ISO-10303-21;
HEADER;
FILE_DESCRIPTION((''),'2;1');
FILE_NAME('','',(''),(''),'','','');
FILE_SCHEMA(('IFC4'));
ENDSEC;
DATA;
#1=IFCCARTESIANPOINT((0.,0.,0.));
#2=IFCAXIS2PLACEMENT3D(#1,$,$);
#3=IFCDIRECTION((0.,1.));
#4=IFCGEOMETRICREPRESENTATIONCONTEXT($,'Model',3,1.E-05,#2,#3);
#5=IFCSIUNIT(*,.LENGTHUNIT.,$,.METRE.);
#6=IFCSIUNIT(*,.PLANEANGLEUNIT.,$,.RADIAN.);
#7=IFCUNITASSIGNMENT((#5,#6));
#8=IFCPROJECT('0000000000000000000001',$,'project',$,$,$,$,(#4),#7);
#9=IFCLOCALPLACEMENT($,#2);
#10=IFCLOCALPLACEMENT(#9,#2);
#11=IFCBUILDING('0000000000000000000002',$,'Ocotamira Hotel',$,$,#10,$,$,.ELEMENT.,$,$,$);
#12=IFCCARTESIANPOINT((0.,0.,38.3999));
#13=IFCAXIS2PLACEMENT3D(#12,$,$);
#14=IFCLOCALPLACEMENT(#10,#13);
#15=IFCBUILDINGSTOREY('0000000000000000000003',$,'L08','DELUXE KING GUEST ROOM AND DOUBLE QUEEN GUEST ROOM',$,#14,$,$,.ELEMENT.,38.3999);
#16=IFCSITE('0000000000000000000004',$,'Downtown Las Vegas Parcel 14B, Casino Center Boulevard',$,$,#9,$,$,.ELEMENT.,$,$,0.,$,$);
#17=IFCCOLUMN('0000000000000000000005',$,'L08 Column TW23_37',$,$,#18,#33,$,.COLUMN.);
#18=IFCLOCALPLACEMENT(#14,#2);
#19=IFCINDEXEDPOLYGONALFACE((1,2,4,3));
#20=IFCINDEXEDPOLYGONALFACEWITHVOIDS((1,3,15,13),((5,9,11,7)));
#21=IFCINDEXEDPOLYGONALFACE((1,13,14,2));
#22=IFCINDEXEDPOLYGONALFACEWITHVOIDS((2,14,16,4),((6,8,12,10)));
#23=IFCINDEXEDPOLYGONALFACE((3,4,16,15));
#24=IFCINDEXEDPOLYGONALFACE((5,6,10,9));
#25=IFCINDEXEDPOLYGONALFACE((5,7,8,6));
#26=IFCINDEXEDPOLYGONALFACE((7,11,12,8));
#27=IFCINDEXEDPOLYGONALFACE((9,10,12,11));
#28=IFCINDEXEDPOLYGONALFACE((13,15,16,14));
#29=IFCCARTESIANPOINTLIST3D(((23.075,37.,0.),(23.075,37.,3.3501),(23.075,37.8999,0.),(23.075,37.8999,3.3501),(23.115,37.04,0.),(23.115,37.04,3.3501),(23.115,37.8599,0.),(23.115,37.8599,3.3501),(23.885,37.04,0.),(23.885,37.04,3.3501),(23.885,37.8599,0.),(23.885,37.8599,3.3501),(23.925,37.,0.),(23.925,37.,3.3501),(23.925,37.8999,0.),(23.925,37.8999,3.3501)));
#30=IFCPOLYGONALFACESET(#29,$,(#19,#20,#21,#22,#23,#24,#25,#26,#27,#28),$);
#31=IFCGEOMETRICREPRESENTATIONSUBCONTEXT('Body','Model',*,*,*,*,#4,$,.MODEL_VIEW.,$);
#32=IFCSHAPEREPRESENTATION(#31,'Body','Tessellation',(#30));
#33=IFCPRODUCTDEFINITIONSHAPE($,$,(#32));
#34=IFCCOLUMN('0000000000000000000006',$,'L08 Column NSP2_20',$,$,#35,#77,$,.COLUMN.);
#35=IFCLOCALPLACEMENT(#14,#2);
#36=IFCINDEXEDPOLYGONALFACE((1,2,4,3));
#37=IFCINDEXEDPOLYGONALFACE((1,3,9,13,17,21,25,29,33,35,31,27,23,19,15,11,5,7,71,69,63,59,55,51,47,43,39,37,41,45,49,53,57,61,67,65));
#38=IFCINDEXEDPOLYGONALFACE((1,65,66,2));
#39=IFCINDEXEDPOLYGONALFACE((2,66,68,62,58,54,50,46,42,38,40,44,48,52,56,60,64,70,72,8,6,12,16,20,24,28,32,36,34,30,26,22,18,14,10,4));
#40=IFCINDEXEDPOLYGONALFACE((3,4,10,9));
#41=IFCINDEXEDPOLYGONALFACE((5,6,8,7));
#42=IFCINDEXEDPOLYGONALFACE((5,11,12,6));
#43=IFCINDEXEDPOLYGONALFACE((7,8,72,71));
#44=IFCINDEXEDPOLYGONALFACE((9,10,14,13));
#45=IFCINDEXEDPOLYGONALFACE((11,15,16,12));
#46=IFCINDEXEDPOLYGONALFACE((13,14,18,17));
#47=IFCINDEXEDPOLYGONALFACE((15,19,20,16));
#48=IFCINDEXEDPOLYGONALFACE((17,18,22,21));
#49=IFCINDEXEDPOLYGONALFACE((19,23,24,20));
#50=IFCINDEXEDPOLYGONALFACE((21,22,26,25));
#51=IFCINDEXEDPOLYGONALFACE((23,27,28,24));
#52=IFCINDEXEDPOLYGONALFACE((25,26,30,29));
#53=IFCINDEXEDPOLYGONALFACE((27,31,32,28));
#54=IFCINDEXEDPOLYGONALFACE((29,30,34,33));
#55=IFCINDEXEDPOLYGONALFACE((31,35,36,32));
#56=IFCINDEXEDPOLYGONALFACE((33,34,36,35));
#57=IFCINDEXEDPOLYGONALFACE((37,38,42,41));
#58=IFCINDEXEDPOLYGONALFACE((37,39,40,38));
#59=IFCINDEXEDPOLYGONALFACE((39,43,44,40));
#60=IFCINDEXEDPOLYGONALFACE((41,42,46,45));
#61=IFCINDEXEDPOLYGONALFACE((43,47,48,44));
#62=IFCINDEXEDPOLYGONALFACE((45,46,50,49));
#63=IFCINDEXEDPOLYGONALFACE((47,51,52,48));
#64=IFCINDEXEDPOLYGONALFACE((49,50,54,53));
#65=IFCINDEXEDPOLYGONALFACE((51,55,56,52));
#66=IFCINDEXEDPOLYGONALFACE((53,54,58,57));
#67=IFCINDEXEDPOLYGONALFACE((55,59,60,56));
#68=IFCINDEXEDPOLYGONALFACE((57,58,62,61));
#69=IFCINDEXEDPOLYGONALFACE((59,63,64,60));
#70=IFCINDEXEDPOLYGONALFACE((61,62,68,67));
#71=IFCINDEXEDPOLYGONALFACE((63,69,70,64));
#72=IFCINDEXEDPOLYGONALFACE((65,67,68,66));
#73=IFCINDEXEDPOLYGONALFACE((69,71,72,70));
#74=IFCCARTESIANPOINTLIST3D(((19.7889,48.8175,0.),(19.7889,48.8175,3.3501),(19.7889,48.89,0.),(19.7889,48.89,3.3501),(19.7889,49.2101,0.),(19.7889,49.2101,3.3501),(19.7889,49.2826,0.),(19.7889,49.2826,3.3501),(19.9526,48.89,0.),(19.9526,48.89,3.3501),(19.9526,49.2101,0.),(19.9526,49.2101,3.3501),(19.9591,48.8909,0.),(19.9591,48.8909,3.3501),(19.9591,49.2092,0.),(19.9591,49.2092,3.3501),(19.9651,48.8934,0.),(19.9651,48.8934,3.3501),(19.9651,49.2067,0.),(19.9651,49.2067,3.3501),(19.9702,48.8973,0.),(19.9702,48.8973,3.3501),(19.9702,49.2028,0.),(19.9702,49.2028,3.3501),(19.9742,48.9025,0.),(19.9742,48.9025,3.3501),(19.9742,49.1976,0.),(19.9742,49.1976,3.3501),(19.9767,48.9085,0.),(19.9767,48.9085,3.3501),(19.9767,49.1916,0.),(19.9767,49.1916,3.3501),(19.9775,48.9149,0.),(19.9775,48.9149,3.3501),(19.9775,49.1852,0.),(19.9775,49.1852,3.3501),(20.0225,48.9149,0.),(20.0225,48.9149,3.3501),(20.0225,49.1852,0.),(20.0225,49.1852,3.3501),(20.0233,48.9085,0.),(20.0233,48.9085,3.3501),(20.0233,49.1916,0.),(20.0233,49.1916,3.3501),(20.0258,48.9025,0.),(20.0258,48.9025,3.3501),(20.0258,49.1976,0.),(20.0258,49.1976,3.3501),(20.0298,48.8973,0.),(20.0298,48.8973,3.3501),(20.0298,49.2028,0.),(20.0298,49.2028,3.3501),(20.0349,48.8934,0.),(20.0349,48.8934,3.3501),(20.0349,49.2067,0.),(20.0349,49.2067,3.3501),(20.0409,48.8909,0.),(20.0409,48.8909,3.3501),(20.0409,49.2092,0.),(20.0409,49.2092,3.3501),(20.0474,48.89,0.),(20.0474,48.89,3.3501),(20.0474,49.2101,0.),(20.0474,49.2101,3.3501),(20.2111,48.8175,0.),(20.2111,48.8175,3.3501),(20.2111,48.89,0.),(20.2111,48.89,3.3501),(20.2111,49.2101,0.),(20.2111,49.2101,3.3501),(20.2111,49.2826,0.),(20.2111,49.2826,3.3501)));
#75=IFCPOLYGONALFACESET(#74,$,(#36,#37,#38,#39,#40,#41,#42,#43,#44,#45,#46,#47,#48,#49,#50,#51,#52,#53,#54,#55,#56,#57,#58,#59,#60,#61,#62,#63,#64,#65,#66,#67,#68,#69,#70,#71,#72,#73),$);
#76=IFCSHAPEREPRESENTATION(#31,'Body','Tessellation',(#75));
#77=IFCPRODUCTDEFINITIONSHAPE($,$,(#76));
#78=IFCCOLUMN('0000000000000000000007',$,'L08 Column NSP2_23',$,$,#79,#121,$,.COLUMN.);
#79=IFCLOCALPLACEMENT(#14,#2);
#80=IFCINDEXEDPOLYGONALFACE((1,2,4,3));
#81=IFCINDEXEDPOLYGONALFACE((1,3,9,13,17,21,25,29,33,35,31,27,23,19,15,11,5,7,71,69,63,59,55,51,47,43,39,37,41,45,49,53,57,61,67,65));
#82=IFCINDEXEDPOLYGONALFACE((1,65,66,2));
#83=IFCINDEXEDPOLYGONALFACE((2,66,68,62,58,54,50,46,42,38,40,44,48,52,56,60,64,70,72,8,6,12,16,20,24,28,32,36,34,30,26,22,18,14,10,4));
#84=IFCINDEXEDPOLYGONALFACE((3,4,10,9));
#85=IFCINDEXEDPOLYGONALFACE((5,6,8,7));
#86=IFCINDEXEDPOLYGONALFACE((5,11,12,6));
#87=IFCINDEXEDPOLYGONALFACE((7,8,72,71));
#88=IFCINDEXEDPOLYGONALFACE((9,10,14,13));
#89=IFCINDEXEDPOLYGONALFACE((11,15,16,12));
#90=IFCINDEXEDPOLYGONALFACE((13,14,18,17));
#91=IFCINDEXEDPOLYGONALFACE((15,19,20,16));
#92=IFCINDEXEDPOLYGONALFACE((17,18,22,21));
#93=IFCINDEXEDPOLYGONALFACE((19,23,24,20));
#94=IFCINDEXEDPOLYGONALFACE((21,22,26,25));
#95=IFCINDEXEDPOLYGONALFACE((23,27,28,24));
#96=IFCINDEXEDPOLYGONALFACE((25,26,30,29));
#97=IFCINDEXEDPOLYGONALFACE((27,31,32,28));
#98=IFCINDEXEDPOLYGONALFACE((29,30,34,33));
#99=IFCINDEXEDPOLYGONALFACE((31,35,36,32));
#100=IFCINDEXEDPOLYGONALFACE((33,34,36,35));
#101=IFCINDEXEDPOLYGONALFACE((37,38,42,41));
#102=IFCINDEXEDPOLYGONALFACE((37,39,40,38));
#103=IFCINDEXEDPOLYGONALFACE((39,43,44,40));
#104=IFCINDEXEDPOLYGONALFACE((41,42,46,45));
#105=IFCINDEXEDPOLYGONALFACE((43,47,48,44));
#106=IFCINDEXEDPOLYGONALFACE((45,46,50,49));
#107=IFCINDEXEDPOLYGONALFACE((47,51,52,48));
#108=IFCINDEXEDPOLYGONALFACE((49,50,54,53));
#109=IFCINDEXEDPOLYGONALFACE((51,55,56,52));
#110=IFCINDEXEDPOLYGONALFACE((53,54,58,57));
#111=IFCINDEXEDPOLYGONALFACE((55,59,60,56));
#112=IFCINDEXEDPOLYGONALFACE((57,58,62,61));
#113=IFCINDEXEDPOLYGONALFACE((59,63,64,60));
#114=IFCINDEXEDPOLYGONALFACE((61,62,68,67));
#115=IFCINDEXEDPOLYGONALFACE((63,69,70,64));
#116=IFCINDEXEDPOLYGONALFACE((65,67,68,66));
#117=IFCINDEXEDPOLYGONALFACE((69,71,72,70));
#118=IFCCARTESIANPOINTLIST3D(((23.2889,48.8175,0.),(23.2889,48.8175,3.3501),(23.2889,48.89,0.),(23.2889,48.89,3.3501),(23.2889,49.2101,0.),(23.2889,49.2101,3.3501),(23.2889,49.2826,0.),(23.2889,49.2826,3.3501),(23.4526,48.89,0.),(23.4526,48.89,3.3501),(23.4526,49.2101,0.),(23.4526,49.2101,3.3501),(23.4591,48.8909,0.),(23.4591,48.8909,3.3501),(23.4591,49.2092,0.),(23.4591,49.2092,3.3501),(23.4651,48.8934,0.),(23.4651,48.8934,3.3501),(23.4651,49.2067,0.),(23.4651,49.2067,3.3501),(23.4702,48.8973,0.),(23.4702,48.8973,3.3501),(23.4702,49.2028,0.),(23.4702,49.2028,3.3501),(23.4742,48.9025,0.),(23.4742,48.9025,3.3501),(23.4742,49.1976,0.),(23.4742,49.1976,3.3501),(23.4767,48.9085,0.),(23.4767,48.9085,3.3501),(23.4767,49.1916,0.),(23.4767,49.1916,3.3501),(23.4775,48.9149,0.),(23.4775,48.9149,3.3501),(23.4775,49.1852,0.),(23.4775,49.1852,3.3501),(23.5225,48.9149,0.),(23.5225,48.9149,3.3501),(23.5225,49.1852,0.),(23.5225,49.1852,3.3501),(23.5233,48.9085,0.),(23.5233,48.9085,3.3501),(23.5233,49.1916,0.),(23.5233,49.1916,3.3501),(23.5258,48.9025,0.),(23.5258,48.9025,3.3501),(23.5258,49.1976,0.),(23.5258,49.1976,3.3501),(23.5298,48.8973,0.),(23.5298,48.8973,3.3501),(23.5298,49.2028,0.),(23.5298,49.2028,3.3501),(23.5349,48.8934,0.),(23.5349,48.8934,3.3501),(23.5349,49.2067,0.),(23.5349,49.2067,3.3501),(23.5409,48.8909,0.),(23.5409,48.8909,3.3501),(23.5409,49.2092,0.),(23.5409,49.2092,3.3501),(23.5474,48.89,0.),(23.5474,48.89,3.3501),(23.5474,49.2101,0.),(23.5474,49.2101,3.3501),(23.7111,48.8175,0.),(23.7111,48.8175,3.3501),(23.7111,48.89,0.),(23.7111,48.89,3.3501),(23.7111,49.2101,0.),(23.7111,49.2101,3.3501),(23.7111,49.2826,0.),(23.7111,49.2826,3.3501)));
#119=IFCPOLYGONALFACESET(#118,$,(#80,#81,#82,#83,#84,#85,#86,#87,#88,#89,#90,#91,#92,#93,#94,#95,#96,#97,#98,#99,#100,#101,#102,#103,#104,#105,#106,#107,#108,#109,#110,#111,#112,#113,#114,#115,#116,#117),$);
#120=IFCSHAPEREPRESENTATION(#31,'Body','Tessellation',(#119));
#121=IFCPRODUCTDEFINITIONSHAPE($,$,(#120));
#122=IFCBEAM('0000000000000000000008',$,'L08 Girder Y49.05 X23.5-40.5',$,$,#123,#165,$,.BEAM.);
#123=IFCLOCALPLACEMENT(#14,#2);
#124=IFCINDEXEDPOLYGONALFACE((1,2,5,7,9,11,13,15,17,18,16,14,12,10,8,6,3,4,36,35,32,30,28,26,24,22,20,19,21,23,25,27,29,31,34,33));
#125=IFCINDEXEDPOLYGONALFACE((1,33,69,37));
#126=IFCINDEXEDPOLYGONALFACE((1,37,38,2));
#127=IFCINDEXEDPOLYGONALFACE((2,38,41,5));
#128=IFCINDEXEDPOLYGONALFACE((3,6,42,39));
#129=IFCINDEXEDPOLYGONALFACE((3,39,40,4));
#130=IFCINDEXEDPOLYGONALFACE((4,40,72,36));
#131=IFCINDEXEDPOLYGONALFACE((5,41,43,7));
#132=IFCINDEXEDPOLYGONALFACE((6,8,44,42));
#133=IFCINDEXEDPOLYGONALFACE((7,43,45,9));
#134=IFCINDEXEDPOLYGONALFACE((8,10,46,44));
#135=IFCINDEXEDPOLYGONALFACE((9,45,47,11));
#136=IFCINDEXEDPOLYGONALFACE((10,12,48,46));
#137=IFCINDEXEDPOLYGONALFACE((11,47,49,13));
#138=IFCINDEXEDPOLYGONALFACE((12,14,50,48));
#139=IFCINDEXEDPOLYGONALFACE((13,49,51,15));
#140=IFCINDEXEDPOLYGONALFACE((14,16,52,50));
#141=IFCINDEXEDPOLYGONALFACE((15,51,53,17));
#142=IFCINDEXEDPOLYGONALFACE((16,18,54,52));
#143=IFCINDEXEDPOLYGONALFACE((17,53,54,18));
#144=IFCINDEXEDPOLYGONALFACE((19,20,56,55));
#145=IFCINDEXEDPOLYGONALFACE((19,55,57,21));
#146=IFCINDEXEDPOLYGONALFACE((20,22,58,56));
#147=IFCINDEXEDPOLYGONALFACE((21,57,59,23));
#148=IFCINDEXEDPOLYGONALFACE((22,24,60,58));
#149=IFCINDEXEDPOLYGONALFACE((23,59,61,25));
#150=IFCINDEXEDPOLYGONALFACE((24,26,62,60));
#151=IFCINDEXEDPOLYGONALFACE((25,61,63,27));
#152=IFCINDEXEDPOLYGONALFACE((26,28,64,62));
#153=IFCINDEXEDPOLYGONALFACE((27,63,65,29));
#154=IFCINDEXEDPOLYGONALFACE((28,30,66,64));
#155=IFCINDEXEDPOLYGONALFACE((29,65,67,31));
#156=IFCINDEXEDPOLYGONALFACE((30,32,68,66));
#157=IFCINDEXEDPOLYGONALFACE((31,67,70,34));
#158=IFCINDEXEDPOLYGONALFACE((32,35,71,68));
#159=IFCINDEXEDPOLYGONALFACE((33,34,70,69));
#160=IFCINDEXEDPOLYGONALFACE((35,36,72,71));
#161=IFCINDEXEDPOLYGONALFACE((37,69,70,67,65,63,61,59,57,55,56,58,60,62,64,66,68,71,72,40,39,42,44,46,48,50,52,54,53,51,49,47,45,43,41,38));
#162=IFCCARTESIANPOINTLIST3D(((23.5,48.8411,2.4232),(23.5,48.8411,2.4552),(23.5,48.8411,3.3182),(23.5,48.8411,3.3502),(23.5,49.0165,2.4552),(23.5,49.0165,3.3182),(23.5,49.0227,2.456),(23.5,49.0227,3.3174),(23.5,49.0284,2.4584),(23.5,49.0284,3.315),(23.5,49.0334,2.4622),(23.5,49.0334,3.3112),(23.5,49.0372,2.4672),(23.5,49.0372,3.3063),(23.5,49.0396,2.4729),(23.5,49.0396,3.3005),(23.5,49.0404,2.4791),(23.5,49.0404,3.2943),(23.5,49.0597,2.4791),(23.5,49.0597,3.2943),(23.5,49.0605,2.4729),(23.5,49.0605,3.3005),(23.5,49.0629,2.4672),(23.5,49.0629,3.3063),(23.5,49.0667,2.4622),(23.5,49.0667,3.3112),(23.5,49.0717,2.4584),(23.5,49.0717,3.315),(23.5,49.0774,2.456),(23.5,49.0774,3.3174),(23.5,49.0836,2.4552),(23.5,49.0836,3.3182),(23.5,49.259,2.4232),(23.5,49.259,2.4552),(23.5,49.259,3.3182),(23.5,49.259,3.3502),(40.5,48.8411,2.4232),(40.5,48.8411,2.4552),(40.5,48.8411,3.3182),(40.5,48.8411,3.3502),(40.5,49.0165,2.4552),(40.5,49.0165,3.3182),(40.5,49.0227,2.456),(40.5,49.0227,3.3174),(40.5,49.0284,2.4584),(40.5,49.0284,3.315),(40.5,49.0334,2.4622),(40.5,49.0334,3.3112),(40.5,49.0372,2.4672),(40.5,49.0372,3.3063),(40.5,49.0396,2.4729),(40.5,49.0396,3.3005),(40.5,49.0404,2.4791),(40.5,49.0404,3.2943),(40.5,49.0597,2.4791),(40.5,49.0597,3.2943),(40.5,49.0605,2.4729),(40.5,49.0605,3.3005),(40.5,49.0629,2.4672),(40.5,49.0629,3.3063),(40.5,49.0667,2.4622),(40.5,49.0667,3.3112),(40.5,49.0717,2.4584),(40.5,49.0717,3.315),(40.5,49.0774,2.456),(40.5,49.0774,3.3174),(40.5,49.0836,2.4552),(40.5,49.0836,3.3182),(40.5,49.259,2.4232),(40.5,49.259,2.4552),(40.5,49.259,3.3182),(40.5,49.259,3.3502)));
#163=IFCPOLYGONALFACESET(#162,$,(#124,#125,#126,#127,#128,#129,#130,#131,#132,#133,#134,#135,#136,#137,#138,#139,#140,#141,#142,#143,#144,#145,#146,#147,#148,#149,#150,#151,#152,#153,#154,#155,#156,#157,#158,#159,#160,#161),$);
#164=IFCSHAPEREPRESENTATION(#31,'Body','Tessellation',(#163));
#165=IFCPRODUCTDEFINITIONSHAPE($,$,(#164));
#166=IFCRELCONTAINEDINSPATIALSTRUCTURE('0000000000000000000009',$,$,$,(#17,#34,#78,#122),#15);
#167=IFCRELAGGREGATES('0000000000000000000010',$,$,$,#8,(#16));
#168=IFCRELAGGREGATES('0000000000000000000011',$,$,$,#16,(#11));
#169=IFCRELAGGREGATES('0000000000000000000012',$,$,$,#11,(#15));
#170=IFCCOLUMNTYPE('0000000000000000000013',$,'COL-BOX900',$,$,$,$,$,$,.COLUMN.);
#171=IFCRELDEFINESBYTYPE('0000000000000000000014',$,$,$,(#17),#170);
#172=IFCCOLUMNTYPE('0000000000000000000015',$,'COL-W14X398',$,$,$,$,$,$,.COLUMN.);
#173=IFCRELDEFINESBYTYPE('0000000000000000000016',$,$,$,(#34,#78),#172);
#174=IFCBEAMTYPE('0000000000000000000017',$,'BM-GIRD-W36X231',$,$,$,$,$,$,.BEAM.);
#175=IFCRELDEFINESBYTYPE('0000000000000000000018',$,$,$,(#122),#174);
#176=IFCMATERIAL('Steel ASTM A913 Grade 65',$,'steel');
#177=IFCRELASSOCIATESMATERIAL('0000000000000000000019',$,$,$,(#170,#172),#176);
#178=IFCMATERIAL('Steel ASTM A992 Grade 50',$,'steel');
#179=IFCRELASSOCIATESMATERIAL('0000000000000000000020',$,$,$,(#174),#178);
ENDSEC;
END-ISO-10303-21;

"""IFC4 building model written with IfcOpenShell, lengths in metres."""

from ifc_helpers import new_model, si_unit, direction, frame, origin, origin_2d, place, context, subcontext, project, spatial, hollow_rectangle, i_section, extrude, source, transform, mapped, material, material_profile, profile_set, type_object, element, save


model = new_model("IFC4")

# Units and contexts
model_context = context("Model", 3, precision=1e-05, world=origin(), true_north=direction((0.0, 1.0)))
body_context = subcontext(model_context, "Body", "Model", "MODEL_VIEW")
ifc_project = project(units=[si_unit("LENGTHUNIT", "METRE"), si_unit("PLANEANGLEUNIT", "RADIAN")], contexts=[model_context])

# Site, building, storey
site_placement = place(None, origin())
site = spatial("IfcSite", under=ifc_project, at=site_placement, Name="Downtown Las Vegas Parcel 14B, Casino Center Boulevard", CompositionType="ELEMENT", RefElevation=0.0)
building_placement = place(site_placement, origin())
building = spatial("IfcBuilding", under=site, at=building_placement, Name="Ocotamira Hotel", CompositionType="ELEMENT")
storey_placement = place(building_placement, frame((0.0, 0.0, 38.3999)))
storey = spatial("IfcBuildingStorey", under=building, at=storey_placement, Name="L08", Description="DELUXE KING GUEST ROOM AND DOUBLE QUEEN GUEST ROOM", CompositionType="ELEMENT", Elevation=38.3999)

# Columns
ifc_material_1 = material(Name="Steel ASTM A913 Grade 65", Category="steel")
ifc_material_profile_1 = material_profile(ifc_material_1, hollow_rectangle(XDim=0.8501, YDim=0.8999, WallThickness=0.04, at=origin_2d()), Name="BOX900X850X40")
ifc_profile_set_1 = profile_set([ifc_material_profile_1], Name="Steel ASTM A913 Grade 65")
column_type_1 = type_object("IfcColumnType", Name="COL-BOX900", PredefinedType="COLUMN", material=ifc_profile_set_1)
shared_shape_1 = source(origin(), body_context, "Body", "SweptSolid", [
    extrude(hollow_rectangle(XDim=0.8501, YDim=0.8999, WallThickness=0.04, at=origin_2d()), origin(), (0.0, 0.0, 1.0), 3.3501),
])
column_placement = place(storey_placement, frame((23.5, 37.45, 0.0), z_axis=(0.0, 0.0, 1.0), x_axis=(1.0, 0.0, 0.0)))
element("IfcColumn", 1, at=column_placement, inside=storey, type_object=column_type_1, Name="L08 Column TW23_37", PredefinedType="COLUMN", context=body_context, shape_type="MappedRepresentation", body=[
    mapped(shared_shape_1, transform((0.0, 0.0, 0.0), scale=1.0)),
])
ifc_material_profile_2 = material_profile(ifc_material_1, i_section(OverallWidth=0.4221, OverallDepth=0.4651, WebThickness=0.0449, FlangeThickness=0.0725, FilletRadius=0.0249, at=origin_2d()), Name="W14X398")
ifc_profile_set_2 = profile_set([ifc_material_profile_2], Name="Steel ASTM A913 Grade 65")
column_type_2 = type_object("IfcColumnType", Name="COL-W14X398", PredefinedType="COLUMN", material=ifc_profile_set_2)
shared_shape_2 = source(origin(), body_context, "Body", "SweptSolid", [
    extrude(i_section(OverallWidth=0.4221, OverallDepth=0.4651, WebThickness=0.0449, FlangeThickness=0.0725, FilletRadius=0.0249, at=origin_2d()), origin(), (0.0, 0.0, 1.0), 3.3501),
])
for number, where, z_axis, x_axis, name in (
    (2, (20.0, 49.05, 0.0), (0.0, 0.0, 1.0), (1.0, 0.0, 0.0), "L08 Column NSP2_20"),
    (3, (23.5, 49.05, 0.0), (0.0, 0.0, 1.0), (1.0, 0.0, 0.0), "L08 Column NSP2_23"),
):
    element("IfcColumn", number, at=place(storey_placement, frame(where, z_axis=z_axis, x_axis=x_axis)), inside=storey, type_object=column_type_2, Name=name, PredefinedType="COLUMN", context=body_context, shape_type="MappedRepresentation", body=[
        mapped(shared_shape_2, transform((0.0, 0.0, 0.0), scale=1.0)),
    ])

# Beam
ifc_material_2 = material(Name="Steel ASTM A992 Grade 50", Category="steel")
ifc_material_profile_3 = material_profile(ifc_material_2, i_section(OverallWidth=0.418, OverallDepth=0.927, WebThickness=0.0193, FlangeThickness=0.032, FilletRadius=0.0239, at=origin_2d()), Name="W36X231")
ifc_profile_set_3 = profile_set([ifc_material_profile_3], Name="Steel ASTM A992 Grade 50")
beam_type_1 = type_object("IfcBeamType", Name="BM-GIRD-W36X231", PredefinedType="BEAM", material=ifc_profile_set_3)
shared_shape_3 = source(origin(), body_context, "Body", "SweptSolid", [
    extrude(i_section(OverallWidth=0.418, OverallDepth=0.927, WebThickness=0.0193, FlangeThickness=0.032, FilletRadius=0.0239, at=origin_2d()), origin(), (0.0, 0.0, 1.0), 17.0),
])
beam_1_placement = place(storey_placement, frame((23.5, 49.05, 2.8867), z_axis=(1.0, 0.0, 0.0), x_axis=(0.0, 1.0, 0.0)))
element("IfcBeam", 4, at=beam_1_placement, inside=storey, type_object=beam_type_1, Name="L08 Girder Y49.05 X23.5-40.5", PredefinedType="BEAM", context=body_context, shape_type="MappedRepresentation", body=[
    mapped(shared_shape_3, transform((0.0, 0.0, 0.0), scale=1.0)),
])

save(model, "model.ifc")
